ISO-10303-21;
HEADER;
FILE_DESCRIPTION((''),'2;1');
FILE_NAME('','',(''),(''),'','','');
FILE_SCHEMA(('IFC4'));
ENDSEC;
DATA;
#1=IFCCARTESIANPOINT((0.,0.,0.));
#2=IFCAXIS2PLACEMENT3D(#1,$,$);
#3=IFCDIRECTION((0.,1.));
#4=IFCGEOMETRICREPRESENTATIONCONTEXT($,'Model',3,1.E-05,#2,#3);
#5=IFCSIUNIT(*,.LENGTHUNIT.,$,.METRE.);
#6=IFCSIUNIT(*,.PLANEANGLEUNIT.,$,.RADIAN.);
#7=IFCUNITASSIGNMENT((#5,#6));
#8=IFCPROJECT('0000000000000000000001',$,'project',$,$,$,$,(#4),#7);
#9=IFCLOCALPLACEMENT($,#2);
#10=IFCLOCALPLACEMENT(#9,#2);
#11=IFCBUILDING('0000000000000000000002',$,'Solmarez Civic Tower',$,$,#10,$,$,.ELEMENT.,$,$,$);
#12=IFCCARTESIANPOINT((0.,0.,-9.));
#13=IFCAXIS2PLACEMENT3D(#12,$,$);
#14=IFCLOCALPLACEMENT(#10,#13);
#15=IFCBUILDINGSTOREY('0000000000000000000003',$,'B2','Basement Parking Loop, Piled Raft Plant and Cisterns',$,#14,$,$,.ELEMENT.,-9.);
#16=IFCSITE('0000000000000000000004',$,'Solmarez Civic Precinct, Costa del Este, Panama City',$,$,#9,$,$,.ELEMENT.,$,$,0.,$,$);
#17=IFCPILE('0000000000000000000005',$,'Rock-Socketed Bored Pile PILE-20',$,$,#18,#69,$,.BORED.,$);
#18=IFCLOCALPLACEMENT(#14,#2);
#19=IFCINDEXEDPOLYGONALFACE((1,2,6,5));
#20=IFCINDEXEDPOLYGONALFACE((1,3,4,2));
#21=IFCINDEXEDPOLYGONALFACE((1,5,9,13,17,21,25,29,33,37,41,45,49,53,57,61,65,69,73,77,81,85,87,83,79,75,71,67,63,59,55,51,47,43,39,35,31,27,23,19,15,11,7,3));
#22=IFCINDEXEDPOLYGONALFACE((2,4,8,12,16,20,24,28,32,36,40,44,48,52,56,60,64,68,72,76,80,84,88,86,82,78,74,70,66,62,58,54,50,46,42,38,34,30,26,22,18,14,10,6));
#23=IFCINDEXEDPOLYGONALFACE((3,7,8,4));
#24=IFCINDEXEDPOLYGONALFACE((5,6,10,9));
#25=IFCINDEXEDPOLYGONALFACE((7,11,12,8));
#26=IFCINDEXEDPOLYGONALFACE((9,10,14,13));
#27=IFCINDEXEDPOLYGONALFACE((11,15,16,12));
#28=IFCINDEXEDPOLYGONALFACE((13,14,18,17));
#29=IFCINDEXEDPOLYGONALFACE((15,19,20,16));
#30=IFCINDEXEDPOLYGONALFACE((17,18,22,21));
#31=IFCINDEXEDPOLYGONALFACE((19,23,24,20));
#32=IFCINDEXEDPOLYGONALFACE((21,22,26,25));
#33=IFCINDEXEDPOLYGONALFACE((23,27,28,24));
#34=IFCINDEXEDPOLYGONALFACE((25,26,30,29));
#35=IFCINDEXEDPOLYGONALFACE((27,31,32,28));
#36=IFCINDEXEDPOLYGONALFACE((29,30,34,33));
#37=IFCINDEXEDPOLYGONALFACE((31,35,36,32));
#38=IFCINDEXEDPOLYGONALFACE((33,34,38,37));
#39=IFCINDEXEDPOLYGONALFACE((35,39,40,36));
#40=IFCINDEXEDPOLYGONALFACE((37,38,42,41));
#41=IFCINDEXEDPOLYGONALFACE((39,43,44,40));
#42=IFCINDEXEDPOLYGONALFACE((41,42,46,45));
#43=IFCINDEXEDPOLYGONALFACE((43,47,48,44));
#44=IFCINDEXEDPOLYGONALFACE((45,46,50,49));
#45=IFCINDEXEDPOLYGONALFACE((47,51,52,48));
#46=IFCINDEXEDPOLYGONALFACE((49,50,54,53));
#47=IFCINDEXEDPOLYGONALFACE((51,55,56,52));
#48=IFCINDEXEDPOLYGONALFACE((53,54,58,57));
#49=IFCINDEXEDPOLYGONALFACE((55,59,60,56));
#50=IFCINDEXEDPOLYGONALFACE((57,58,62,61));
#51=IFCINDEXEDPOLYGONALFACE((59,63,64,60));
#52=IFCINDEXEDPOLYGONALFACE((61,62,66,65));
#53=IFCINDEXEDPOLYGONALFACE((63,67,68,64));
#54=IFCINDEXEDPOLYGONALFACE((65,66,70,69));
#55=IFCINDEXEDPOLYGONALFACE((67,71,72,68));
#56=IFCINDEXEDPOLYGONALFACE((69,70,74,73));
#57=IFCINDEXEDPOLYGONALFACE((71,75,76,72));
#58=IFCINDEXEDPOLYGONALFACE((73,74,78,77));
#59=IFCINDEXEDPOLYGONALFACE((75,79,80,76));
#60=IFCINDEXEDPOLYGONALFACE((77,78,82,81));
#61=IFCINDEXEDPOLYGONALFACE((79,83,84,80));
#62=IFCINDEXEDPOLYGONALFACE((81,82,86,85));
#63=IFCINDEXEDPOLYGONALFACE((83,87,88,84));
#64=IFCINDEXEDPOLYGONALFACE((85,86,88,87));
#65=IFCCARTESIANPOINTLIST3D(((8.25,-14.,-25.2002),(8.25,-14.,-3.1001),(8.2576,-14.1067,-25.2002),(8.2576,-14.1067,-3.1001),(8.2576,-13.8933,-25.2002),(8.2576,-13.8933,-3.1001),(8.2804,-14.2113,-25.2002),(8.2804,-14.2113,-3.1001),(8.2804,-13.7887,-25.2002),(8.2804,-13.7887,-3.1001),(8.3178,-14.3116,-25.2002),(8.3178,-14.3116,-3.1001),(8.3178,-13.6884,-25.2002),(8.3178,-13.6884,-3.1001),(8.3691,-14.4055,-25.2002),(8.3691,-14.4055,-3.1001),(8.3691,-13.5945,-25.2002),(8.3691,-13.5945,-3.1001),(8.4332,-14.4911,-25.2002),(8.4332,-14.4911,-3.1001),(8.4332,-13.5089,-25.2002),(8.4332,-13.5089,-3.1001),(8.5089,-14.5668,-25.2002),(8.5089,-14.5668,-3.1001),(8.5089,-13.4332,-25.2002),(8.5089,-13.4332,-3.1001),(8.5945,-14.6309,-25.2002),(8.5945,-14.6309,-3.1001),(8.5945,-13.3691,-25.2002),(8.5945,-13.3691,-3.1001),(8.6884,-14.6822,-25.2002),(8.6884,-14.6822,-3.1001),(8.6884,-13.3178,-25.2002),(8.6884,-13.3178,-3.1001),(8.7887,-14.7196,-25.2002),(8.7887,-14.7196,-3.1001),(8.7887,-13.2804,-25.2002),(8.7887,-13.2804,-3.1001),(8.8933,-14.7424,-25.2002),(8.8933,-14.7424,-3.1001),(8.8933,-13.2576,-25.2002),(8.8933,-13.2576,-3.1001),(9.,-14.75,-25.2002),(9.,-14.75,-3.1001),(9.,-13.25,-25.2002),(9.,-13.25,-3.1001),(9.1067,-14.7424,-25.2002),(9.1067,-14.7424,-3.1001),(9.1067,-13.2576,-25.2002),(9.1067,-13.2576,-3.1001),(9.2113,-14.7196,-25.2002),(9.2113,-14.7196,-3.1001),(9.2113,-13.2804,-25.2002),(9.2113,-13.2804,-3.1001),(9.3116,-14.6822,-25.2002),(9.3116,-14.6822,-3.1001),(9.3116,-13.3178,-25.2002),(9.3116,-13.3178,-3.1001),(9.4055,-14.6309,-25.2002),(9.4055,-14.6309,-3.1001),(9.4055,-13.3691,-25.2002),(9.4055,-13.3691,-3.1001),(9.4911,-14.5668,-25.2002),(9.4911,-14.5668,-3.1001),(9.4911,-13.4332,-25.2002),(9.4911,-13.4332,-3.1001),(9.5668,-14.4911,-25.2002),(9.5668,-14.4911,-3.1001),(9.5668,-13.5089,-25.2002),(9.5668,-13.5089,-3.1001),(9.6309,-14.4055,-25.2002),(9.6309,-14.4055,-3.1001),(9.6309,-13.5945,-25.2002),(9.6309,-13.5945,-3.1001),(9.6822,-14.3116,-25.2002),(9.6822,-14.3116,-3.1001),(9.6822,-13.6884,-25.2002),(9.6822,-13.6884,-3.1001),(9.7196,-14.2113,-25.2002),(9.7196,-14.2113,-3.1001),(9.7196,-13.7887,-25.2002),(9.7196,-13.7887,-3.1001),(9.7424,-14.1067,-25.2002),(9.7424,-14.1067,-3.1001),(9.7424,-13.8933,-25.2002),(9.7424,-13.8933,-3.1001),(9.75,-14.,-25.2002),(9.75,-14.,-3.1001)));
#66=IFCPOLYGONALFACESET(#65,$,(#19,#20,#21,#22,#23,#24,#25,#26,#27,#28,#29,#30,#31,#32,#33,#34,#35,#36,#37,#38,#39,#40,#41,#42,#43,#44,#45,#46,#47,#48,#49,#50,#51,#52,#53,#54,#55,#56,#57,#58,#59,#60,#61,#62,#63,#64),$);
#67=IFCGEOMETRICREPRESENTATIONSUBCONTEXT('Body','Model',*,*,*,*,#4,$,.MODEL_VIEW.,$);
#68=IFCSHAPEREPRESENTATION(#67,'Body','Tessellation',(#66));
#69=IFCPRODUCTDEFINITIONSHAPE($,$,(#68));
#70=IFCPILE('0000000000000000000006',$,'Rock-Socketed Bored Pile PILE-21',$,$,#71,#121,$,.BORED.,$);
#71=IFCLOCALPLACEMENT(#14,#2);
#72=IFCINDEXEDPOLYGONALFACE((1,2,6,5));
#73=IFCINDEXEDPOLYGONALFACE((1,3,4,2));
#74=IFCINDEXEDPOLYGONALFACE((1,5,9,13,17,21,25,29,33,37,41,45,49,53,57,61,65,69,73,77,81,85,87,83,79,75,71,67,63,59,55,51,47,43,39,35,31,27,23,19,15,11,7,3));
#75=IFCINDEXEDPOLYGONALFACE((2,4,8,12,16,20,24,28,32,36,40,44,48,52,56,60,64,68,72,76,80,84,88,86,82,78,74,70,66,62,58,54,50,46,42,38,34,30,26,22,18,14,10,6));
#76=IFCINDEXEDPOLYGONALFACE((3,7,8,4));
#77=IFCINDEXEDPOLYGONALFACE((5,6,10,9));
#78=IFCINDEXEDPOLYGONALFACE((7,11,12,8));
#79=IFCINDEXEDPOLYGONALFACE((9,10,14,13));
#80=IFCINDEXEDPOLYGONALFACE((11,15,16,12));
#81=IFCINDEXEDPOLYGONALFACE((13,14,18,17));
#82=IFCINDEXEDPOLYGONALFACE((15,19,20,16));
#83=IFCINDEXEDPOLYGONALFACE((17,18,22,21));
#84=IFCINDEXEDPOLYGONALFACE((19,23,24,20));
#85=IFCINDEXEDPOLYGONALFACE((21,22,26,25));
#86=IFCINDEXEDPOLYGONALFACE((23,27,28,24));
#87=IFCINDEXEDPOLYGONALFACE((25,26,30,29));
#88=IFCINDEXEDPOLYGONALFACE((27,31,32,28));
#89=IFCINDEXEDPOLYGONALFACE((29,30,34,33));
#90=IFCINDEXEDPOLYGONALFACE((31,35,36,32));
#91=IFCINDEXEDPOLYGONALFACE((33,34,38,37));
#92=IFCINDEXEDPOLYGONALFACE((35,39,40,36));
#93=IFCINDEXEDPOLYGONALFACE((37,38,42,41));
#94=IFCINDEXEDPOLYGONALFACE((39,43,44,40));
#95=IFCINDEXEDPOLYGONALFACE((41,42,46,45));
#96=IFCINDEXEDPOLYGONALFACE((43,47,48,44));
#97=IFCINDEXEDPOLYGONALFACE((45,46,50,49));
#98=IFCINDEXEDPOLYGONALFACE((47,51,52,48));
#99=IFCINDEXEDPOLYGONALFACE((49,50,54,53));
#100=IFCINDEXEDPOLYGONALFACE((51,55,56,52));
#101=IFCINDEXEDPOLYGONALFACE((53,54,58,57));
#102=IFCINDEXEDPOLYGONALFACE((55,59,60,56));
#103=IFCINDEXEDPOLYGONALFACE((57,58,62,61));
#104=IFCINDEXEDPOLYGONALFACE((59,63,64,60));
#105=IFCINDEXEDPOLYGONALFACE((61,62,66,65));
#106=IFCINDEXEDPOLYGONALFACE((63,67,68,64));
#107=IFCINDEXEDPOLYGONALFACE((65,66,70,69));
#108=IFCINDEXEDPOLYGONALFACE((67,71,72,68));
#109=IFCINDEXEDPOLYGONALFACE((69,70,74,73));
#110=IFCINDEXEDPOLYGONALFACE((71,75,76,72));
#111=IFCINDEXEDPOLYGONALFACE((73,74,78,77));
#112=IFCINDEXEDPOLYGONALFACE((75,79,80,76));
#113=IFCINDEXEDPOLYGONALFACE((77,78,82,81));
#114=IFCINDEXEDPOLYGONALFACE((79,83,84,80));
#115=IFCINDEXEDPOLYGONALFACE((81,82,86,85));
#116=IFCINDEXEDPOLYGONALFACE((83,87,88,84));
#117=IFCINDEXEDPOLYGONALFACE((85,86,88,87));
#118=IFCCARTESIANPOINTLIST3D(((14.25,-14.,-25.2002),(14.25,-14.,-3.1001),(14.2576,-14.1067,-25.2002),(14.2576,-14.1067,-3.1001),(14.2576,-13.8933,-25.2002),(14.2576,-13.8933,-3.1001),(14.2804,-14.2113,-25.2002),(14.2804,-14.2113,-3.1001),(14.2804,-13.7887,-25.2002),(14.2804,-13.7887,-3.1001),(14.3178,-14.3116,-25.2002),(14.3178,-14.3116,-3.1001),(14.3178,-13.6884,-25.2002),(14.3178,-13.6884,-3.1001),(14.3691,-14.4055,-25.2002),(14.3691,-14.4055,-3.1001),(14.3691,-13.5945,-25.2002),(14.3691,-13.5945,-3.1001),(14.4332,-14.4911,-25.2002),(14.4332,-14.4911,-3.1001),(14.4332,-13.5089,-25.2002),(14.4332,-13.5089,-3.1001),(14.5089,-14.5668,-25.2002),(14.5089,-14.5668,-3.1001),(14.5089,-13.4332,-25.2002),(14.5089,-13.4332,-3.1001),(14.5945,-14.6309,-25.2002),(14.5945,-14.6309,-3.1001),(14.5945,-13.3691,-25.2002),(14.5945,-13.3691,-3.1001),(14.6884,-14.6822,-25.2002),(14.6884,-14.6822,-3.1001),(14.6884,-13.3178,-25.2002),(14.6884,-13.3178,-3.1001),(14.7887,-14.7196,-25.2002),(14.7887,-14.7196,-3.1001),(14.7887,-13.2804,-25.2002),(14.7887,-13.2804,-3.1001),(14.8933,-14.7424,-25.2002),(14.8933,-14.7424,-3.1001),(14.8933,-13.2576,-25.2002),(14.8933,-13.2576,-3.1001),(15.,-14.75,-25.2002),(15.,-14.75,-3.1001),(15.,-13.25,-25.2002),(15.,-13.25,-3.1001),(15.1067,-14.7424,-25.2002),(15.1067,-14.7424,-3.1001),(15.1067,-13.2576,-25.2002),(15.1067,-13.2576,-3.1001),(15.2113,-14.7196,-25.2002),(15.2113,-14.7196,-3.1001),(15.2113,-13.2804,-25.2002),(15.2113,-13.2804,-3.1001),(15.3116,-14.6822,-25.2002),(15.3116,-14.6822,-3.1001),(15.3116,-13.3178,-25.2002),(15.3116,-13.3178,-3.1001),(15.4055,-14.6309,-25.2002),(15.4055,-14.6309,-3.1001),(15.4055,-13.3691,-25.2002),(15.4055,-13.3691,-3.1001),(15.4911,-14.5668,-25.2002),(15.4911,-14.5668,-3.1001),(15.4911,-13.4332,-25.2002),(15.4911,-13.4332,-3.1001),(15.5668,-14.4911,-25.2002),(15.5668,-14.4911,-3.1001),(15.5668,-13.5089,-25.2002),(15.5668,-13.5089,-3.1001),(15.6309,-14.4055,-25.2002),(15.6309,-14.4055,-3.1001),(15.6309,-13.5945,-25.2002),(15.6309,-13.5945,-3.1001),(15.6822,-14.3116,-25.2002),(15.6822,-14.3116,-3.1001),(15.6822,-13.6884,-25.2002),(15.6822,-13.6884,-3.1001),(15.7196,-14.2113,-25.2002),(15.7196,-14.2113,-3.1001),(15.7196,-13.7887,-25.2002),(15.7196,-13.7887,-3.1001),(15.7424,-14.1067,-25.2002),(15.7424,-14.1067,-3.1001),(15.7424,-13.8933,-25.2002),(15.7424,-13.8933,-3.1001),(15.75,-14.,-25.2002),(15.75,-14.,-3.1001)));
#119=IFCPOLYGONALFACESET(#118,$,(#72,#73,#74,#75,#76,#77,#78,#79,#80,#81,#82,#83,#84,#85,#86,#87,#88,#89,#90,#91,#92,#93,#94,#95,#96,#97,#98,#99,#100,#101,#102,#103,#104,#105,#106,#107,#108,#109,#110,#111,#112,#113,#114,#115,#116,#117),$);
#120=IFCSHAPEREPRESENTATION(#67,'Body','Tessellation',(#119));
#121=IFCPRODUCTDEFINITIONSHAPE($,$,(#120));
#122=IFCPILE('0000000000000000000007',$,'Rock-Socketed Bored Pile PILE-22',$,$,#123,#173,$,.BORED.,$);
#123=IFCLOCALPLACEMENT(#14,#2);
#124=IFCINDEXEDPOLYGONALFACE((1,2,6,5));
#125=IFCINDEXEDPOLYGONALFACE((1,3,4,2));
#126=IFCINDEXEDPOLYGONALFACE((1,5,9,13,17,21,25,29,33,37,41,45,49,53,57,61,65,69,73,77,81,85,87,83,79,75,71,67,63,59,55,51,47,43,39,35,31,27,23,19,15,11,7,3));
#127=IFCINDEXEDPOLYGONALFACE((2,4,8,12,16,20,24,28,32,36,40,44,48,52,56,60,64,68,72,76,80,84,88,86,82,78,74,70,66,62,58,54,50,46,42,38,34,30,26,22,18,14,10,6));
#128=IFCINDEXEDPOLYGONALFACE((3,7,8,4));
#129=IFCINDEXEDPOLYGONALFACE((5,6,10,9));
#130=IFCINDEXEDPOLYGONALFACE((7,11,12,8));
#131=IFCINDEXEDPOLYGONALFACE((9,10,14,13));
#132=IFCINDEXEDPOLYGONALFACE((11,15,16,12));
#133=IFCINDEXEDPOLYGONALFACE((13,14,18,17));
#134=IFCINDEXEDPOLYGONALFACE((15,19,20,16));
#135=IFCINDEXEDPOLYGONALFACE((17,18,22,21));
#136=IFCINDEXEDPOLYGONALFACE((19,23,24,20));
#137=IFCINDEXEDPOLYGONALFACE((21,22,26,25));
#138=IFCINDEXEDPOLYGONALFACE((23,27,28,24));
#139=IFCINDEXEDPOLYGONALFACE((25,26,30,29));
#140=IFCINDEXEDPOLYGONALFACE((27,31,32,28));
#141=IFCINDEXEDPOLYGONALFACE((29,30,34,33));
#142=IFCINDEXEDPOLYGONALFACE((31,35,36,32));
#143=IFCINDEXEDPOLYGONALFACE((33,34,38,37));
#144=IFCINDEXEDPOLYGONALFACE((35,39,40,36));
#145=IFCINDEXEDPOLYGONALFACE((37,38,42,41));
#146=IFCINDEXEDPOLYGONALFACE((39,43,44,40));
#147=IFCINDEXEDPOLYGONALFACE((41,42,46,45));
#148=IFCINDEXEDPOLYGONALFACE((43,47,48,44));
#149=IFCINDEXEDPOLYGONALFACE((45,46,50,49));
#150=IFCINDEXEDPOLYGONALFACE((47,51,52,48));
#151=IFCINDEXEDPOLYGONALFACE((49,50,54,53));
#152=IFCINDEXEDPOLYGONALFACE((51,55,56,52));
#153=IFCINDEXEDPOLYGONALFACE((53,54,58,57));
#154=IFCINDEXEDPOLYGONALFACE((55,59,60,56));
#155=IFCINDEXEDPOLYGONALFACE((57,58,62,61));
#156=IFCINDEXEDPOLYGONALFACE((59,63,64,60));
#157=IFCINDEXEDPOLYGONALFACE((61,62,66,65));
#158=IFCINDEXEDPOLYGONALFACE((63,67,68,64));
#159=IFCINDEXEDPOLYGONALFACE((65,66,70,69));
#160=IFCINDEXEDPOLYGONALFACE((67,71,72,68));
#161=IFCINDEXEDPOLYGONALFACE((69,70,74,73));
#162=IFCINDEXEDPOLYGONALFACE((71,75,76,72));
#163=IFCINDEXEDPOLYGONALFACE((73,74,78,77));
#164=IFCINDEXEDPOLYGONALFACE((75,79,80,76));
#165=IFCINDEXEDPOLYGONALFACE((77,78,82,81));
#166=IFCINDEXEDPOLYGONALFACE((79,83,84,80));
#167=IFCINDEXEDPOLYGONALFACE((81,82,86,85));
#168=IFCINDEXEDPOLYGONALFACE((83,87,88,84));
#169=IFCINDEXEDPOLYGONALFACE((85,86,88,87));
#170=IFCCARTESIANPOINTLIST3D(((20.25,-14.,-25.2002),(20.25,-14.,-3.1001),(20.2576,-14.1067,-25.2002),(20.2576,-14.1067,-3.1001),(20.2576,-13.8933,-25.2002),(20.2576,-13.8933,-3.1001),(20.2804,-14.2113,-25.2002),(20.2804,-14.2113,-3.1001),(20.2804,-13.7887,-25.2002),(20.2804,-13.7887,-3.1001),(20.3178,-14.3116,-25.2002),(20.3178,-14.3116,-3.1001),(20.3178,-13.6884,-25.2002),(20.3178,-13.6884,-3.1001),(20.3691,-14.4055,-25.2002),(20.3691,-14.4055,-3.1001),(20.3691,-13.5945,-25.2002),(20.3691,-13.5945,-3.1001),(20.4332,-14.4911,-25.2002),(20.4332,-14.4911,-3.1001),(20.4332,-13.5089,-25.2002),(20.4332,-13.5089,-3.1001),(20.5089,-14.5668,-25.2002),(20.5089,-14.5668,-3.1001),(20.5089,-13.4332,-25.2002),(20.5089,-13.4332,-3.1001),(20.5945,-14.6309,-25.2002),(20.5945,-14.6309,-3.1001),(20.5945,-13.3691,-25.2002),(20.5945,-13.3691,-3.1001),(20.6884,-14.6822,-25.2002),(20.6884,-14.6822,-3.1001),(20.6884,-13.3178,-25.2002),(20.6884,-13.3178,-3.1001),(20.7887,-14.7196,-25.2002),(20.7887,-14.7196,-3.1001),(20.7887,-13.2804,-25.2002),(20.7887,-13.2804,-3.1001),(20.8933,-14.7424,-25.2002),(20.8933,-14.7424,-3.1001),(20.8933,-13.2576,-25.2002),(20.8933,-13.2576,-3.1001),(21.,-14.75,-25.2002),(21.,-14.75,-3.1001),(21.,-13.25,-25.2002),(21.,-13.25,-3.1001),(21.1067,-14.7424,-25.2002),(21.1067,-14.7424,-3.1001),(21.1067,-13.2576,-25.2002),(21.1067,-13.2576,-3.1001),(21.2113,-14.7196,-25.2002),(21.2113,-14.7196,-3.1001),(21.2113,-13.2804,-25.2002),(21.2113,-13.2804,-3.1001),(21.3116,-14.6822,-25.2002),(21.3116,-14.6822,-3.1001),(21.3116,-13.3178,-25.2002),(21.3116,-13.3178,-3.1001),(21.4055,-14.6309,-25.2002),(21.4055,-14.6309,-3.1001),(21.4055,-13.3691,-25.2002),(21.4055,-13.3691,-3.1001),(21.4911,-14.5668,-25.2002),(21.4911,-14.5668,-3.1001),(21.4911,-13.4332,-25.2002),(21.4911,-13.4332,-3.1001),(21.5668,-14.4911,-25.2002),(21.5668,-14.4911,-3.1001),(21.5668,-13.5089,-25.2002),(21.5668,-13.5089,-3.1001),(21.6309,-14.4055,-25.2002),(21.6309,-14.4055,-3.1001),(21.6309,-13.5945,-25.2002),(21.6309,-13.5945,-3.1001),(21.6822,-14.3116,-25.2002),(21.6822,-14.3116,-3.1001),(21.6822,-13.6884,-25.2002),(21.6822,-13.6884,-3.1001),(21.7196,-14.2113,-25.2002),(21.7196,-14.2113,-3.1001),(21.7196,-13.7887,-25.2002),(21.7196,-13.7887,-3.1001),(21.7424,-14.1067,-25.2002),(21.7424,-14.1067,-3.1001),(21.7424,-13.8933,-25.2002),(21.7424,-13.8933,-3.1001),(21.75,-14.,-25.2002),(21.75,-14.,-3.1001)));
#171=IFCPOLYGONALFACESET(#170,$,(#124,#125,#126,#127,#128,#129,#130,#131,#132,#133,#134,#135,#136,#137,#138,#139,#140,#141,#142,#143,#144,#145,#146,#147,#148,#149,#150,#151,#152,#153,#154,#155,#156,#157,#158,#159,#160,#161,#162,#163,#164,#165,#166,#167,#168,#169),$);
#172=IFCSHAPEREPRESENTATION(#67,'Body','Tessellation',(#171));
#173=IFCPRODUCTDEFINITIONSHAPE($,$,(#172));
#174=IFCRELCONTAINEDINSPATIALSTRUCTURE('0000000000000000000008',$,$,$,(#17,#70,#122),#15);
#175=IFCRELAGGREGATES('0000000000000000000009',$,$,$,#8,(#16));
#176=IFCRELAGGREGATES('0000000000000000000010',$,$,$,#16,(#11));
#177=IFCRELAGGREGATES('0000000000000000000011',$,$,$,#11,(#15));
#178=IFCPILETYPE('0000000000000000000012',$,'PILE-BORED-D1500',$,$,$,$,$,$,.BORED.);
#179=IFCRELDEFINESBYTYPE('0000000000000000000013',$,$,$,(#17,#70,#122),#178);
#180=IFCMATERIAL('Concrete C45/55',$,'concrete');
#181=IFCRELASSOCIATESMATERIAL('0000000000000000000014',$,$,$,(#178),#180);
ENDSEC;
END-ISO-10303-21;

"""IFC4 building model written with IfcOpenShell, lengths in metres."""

from ifc_helpers import new_model, si_unit, direction, frame, origin, origin_2d, place, context, subcontext, project, spatial, circle, extrude, material, material_profile, profile_set, type_object, element, save


model = new_model("IFC4")

# Units and contexts
model_context = context("Model", 3, precision=1e-05, world=origin(), true_north=direction((0.0, 1.0)))
body_context = subcontext(model_context, "Body", "Model", "MODEL_VIEW")
ifc_project = project(units=[si_unit("LENGTHUNIT", "METRE"), si_unit("PLANEANGLEUNIT", "RADIAN")], contexts=[model_context])

# Site, building, storey
site_placement = place(None, origin())
site = spatial("IfcSite", under=ifc_project, at=site_placement, Name="Solmarez Civic Precinct, Costa del Este, Panama City", CompositionType="ELEMENT", RefElevation=0.0)
building_placement = place(site_placement, origin())
building = spatial("IfcBuilding", under=site, at=building_placement, Name="Solmarez Civic Tower", CompositionType="ELEMENT")
storey_placement = place(building_placement, frame((0.0, 0.0, -9.0)))
storey = spatial("IfcBuildingStorey", under=building, at=storey_placement, Name="B2", Description="Basement Parking Loop, Piled Raft Plant and Cisterns", CompositionType="ELEMENT", Elevation=-9.0)

# Piles
ifc_material_1 = material(Name="Concrete C45/55", Category="concrete")
ifc_material_profile_1 = material_profile(ifc_material_1, circle(Radius=0.75, at=origin_2d()), Name="PILE-D1500")
ifc_profile_set_1 = profile_set([ifc_material_profile_1], Name="Concrete C45/55")
pile_type = type_object("IfcPileType", Name="PILE-BORED-D1500", PredefinedType="BORED", material=ifc_profile_set_1)
for number, where, z_axis, x_axis, name in (
    (1, (9.0, -14.0, -3.1001), (0.0, 0.0, -1.0), (1.0, 0.0, 0.0), "Rock-Socketed Bored Pile PILE-20"),
    (2, (15.0, -14.0, -3.1001), (0.0, 0.0, -1.0), (1.0, 0.0, 0.0), "Rock-Socketed Bored Pile PILE-21"),
    (3, (21.0, -14.0, -3.1001), (0.0, 0.0, -1.0), (1.0, 0.0, 0.0), "Rock-Socketed Bored Pile PILE-22"),
):
    element("IfcPile", number, at=place(storey_placement, frame(where, z_axis=z_axis, x_axis=x_axis)), inside=storey, type_object=pile_type, Name=name, PredefinedType="BORED", context=body_context, shape_type="SweptSolid", body=[
        extrude(circle(Radius=0.75, at=origin_2d()), origin(), (0.0, 0.0, 1.0), 22.1001),
    ])

save(model, "model.ifc")
